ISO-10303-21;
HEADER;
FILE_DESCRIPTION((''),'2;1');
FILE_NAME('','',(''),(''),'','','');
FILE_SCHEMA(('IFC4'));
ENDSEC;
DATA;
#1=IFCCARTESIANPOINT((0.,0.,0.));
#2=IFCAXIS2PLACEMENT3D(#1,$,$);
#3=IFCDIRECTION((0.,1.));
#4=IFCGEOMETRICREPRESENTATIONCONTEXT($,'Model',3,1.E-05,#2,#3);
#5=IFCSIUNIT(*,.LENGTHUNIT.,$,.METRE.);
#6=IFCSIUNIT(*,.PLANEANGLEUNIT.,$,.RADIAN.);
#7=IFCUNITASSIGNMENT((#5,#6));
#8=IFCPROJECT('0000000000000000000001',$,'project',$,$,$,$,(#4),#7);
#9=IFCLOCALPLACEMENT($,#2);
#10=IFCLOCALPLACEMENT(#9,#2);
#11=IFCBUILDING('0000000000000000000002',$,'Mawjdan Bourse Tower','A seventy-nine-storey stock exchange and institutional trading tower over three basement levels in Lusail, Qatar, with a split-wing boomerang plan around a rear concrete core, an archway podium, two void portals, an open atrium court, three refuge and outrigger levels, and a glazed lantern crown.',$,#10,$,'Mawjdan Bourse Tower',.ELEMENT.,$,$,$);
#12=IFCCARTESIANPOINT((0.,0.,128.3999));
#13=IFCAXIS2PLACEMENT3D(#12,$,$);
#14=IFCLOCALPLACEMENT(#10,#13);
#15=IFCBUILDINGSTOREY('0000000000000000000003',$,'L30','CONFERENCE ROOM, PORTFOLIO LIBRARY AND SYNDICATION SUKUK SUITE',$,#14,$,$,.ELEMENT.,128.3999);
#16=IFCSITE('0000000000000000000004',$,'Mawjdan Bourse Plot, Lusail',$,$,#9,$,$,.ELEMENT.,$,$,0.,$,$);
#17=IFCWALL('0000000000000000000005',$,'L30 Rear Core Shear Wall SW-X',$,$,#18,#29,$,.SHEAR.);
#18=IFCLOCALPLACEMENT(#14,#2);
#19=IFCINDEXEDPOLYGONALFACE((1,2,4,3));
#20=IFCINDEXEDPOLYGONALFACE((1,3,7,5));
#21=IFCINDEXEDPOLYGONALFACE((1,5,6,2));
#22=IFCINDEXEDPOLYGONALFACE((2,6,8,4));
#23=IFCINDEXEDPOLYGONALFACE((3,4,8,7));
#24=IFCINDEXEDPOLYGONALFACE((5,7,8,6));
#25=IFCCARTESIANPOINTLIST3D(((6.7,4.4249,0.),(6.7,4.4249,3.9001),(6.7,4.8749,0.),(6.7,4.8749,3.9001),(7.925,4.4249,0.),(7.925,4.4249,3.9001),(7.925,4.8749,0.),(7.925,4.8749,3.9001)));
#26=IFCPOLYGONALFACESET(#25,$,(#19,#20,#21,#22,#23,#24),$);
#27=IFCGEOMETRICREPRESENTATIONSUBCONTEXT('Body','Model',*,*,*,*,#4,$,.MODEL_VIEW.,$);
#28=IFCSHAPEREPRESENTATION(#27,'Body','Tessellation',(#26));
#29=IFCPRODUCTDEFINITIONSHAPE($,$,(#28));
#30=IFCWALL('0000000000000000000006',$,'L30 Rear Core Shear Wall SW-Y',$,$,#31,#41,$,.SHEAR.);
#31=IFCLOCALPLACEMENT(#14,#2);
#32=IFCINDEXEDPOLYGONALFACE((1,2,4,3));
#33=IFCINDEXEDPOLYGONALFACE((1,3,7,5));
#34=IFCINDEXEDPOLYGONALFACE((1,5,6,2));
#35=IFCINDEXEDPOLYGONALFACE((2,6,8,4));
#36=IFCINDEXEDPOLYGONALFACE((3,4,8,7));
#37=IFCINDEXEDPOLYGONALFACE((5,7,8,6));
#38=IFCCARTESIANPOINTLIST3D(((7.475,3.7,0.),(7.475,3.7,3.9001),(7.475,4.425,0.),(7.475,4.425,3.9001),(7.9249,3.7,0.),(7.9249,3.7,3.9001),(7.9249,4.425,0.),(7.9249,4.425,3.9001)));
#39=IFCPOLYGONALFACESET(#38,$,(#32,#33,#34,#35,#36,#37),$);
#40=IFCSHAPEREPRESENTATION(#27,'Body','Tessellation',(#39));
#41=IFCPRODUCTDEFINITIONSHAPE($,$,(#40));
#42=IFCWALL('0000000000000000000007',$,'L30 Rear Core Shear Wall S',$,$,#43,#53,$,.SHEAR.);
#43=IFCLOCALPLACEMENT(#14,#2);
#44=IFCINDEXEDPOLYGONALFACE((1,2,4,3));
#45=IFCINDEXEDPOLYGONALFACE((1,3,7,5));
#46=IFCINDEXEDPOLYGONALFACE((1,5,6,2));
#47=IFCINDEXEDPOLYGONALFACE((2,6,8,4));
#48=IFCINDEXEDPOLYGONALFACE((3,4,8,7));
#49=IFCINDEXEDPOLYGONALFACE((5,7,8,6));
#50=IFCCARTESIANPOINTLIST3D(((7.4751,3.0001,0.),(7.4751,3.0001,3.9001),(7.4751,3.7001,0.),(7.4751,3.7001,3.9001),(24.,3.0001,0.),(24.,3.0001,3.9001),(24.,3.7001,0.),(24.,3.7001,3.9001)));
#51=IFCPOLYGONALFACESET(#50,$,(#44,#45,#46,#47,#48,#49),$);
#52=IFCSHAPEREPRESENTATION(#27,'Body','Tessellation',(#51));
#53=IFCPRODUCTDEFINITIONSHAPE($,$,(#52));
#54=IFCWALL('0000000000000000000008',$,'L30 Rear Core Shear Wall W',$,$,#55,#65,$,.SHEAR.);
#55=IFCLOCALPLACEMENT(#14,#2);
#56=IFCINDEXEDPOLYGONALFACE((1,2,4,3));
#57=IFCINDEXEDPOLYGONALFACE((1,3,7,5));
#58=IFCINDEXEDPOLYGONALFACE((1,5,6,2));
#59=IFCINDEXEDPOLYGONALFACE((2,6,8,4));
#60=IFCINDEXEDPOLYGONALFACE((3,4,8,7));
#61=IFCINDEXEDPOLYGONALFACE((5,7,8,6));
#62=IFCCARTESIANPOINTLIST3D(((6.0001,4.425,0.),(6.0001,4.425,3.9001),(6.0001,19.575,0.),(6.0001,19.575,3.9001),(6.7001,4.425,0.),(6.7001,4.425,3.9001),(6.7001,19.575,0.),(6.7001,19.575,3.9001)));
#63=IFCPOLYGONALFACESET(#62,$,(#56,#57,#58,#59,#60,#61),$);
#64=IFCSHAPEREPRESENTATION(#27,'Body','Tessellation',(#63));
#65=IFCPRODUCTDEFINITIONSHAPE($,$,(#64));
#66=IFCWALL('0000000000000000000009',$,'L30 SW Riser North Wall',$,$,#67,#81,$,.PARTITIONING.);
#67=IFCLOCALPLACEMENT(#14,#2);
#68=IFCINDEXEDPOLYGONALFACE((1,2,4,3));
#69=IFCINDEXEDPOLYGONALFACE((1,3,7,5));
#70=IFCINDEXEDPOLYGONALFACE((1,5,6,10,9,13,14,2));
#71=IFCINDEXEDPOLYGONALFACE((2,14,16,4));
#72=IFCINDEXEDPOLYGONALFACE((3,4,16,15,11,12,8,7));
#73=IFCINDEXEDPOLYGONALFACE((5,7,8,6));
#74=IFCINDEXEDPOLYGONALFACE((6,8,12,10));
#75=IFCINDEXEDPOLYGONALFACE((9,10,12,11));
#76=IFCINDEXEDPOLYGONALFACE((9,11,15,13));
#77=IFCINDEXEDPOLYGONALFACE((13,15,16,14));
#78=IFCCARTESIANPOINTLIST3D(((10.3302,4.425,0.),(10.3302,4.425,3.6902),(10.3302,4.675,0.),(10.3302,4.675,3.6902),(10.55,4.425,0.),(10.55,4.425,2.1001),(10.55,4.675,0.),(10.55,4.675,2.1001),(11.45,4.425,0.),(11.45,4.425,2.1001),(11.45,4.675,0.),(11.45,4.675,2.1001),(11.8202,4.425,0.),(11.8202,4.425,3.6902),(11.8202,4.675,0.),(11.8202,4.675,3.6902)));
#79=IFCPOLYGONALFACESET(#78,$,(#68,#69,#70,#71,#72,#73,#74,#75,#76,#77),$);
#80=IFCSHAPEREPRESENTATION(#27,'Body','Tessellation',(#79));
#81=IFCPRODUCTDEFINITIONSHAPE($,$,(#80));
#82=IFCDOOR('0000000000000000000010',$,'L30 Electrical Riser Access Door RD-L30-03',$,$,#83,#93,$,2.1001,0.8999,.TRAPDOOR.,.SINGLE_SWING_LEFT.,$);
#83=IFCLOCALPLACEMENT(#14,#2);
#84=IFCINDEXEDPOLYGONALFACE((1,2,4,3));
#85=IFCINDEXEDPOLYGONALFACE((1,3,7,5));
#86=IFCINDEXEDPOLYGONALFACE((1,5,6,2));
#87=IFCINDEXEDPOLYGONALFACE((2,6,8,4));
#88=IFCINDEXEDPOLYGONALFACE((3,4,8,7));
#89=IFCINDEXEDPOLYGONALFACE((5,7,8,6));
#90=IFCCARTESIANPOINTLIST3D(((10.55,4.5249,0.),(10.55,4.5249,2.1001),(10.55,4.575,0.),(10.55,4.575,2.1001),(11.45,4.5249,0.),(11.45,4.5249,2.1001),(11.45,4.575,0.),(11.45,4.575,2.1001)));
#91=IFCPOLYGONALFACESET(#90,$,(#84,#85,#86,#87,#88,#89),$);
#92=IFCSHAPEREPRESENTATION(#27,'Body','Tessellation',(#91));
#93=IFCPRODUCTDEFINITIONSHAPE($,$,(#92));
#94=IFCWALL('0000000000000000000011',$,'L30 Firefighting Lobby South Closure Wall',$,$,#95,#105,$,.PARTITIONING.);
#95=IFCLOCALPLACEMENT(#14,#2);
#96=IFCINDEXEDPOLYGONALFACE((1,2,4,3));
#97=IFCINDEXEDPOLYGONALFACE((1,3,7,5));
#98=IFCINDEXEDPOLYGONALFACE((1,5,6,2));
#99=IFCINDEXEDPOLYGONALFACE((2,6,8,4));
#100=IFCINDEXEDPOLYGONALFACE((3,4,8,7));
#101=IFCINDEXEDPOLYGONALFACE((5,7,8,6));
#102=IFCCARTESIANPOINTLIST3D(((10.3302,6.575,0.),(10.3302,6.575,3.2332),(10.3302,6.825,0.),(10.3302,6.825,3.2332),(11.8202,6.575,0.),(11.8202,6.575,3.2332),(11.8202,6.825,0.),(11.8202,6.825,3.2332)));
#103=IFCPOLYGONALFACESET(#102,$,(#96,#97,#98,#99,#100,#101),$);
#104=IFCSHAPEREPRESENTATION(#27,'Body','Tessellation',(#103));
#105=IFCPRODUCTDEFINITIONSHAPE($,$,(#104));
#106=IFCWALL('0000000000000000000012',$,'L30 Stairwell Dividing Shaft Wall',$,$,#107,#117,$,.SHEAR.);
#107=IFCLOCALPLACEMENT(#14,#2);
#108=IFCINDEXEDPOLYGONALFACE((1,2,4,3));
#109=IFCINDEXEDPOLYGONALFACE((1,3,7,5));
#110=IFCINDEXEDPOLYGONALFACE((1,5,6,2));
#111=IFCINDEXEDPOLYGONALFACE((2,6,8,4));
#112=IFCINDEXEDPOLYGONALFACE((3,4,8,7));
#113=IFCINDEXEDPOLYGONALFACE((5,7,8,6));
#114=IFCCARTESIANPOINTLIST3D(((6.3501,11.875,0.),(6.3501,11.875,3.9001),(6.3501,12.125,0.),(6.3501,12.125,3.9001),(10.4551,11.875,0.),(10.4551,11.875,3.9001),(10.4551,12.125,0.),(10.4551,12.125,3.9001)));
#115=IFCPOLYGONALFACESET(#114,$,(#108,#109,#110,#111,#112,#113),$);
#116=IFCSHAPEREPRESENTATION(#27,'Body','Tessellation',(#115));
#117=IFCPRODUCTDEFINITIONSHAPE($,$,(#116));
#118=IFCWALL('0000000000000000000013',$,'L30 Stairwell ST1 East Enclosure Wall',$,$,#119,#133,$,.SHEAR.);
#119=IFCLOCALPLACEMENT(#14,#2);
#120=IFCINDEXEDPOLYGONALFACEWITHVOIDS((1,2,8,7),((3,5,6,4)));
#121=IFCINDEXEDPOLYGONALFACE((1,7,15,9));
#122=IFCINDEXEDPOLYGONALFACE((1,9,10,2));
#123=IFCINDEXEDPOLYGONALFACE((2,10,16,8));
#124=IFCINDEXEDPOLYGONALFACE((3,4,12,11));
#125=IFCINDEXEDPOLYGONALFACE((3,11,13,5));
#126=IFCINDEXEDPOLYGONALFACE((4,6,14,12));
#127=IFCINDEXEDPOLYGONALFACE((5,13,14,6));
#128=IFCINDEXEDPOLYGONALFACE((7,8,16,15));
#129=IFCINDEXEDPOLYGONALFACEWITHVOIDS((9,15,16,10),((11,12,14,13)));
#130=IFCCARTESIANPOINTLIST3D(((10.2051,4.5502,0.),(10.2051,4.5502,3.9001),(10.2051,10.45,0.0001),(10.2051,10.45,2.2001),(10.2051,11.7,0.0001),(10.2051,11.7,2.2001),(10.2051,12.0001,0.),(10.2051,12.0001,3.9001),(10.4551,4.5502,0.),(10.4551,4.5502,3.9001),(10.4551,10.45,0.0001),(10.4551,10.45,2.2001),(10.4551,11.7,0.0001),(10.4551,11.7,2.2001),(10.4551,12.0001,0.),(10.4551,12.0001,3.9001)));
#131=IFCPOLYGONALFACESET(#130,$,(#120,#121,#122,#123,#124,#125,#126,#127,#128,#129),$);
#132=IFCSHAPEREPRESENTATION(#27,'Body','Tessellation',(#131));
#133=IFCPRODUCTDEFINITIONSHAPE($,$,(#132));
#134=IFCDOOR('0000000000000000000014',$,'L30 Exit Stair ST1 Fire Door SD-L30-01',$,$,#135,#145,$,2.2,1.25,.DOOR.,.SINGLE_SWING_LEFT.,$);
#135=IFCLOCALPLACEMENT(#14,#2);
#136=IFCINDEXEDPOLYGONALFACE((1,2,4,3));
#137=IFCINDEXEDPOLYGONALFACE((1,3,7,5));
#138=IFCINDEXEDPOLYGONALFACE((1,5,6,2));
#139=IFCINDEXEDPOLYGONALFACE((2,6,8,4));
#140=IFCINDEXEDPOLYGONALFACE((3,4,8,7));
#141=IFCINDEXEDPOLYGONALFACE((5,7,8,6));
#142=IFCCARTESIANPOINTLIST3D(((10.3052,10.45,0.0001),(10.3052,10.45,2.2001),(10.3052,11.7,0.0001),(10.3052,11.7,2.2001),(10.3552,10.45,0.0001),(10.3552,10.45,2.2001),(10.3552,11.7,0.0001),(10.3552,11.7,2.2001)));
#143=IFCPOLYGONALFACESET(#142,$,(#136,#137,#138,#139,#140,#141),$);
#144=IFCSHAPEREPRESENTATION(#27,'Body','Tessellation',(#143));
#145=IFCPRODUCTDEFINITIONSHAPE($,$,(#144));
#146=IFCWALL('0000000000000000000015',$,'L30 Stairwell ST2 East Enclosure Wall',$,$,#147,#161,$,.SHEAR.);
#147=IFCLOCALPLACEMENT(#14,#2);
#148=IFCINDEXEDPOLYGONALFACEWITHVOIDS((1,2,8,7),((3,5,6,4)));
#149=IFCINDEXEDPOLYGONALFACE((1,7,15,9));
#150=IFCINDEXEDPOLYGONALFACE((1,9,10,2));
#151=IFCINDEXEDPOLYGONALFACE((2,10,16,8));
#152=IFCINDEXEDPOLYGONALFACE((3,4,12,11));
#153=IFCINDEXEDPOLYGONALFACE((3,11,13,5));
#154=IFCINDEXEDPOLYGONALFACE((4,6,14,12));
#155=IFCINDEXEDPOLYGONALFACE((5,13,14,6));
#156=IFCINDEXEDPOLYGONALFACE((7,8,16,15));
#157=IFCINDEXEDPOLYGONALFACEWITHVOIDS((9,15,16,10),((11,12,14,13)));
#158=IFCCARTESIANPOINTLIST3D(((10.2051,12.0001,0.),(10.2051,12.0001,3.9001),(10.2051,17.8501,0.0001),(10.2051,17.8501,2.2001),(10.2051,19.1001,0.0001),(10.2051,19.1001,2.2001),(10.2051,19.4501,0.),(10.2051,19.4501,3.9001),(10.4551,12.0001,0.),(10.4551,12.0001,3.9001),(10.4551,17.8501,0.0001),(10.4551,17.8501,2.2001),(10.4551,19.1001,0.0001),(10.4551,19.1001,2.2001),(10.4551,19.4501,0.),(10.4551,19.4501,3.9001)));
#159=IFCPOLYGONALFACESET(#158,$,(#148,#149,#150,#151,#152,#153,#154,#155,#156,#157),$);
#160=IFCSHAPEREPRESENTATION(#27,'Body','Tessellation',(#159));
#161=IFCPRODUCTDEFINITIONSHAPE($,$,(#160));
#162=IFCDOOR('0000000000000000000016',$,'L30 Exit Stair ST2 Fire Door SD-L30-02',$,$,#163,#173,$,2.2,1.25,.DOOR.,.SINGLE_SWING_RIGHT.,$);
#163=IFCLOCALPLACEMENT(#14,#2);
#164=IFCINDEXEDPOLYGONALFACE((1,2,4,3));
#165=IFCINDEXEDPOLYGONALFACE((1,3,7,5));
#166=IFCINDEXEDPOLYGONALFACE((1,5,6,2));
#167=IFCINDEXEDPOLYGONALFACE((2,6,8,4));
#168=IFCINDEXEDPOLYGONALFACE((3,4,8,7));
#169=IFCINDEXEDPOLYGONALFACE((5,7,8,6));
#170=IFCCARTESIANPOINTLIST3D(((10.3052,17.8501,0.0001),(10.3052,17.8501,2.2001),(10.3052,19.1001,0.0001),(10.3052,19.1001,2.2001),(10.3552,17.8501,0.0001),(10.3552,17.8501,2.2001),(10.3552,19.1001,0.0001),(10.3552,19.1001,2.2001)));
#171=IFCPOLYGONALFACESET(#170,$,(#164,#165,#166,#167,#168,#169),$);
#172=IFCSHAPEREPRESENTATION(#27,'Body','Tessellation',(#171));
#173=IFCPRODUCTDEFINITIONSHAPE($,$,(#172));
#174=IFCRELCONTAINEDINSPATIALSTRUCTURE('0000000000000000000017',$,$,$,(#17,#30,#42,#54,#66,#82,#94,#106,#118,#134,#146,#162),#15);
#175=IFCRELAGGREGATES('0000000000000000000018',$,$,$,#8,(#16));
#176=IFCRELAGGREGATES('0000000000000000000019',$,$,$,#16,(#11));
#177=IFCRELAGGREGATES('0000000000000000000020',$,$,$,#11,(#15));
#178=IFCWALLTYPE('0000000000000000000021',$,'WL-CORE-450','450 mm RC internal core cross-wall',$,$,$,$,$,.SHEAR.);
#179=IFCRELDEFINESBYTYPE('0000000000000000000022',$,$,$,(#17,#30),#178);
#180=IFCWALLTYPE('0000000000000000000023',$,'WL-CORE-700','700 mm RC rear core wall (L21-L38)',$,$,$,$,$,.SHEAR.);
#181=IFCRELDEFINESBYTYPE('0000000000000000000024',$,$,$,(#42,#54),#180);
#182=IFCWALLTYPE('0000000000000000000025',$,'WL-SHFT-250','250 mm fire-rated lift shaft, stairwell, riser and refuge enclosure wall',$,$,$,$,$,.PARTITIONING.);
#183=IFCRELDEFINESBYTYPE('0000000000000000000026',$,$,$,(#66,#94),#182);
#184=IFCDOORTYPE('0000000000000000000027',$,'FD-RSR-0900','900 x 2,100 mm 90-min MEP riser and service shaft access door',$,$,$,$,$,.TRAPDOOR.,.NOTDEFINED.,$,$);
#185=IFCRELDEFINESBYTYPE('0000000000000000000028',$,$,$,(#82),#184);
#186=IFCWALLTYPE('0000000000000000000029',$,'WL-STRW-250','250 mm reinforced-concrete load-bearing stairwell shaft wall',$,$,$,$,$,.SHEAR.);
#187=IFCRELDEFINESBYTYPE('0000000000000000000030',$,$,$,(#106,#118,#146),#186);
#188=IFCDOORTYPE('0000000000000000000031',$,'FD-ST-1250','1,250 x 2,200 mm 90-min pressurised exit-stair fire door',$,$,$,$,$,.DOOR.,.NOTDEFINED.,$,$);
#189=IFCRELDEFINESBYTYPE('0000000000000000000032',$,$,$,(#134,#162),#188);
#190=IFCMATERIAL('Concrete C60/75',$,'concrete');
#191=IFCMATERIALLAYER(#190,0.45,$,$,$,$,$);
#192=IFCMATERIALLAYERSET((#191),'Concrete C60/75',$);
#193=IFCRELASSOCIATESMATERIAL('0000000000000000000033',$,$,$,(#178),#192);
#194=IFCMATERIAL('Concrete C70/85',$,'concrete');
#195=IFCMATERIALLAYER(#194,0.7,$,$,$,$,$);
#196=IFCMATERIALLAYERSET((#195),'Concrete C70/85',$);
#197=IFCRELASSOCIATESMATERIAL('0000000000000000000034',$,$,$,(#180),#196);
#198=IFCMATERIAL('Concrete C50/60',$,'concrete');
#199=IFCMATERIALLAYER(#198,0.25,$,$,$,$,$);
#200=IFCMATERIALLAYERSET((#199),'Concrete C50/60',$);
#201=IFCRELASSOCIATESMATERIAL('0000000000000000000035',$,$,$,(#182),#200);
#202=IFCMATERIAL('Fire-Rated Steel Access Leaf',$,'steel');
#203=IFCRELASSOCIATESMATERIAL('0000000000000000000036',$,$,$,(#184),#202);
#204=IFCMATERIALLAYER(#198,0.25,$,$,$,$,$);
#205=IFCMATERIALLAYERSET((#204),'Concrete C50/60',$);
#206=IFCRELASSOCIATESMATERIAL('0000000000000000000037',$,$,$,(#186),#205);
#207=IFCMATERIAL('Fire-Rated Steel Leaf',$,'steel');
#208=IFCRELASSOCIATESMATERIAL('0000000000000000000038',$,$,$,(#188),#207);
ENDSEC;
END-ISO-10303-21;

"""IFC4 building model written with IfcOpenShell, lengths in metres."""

from ifc_helpers import new_model, si_unit, direction, frame, frame_2d, origin, place, context, subcontext, project, spatial, rectangle, extrude, material, layer, layer_set, type_object, element, fill, save


model = new_model("IFC4")

# Units and contexts
model_context = context("Model", 3, precision=1e-05, world=origin(), true_north=direction((0.0, 1.0)))
body_context = subcontext(model_context, "Body", "Model", "MODEL_VIEW")
ifc_project = project(units=[si_unit("LENGTHUNIT", "METRE"), si_unit("PLANEANGLEUNIT", "RADIAN")], contexts=[model_context])

# Site, building, storey
site_placement = place(None, origin())
site = spatial("IfcSite", under=ifc_project, at=site_placement, Name="Mawjdan Bourse Plot, Lusail", CompositionType="ELEMENT", RefElevation=0.0)
building_placement = place(site_placement, origin())
building = spatial("IfcBuilding", under=site, at=building_placement, Name="Mawjdan Bourse Tower", Description="A seventy-nine-storey stock exchange and institutional trading tower over three basement levels in Lusail, Qatar, with a split-wing boomerang plan around a rear concrete core, an archway podium, two void portals, an open atrium court, three refuge and outrigger levels, and a glazed lantern crown.", LongName="Mawjdan Bourse Tower", CompositionType="ELEMENT")
storey_placement = place(building_placement, frame((0.0, 0.0, 128.3999)))
storey = spatial("IfcBuildingStorey", under=building, at=storey_placement, Name="L30", Description="CONFERENCE ROOM, PORTFOLIO LIBRARY AND SYNDICATION SUKUK SUITE", CompositionType="ELEMENT", Elevation=128.3999)

# Shared definitions
ifc_material_1 = material(Name="Concrete C50/60", Category="concrete")

# Walls
ifc_material_2 = material(Name="Concrete C60/75", Category="concrete")
ifc_layer_1 = layer(ifc_material_2, 0.45)
ifc_layer_set_1 = layer_set([ifc_layer_1], Name="Concrete C60/75")
wall_type_1 = type_object("IfcWallType", Name="WL-CORE-450", Description="450 mm RC internal core cross-wall", PredefinedType="SHEAR", material=ifc_layer_set_1)
wall_1_placement = place(storey_placement, frame((6.7, 4.6499, 0.0), z_axis=(0.0, 0.0, 1.0), x_axis=(1.0, 0.0, 0.0)))
element("IfcWall", 1, at=wall_1_placement, inside=storey, type_object=wall_type_1, Name="L30 Rear Core Shear Wall SW-X", PredefinedType="SHEAR", context=body_context, shape_type="SweptSolid", body=[
    extrude(rectangle(XDim=1.2251, YDim=0.45, at=frame_2d((0.6125, 0.0))), origin(), (0.0, 0.0, 1.0), 3.9001),
])
wall_2_placement = place(storey_placement, frame((7.7, 3.7, 0.0), z_axis=(0.0, 0.0, 1.0), x_axis=(0.0, 1.0, 0.0)))
element("IfcWall", 2, at=wall_2_placement, inside=storey, type_object=wall_type_1, Name="L30 Rear Core Shear Wall SW-Y", PredefinedType="SHEAR", context=body_context, shape_type="SweptSolid", body=[
    extrude(rectangle(XDim=0.7251, YDim=0.45, at=frame_2d((0.3625, 0.0))), origin(), (0.0, 0.0, 1.0), 3.9001),
])
ifc_material_3 = material(Name="Concrete C70/85", Category="concrete")
ifc_layer_2 = layer(ifc_material_3, 0.7)
ifc_layer_set_2 = layer_set([ifc_layer_2], Name="Concrete C70/85")
wall_type_2 = type_object("IfcWallType", Name="WL-CORE-700", Description="700 mm RC rear core wall (L21-L38)", PredefinedType="SHEAR", material=ifc_layer_set_2)
wall_3_placement = place(storey_placement, frame((7.4751, 3.3501, 0.0), z_axis=(0.0, 0.0, 1.0), x_axis=(1.0, 0.0, 0.0)))
element("IfcWall", 3, at=wall_3_placement, inside=storey, type_object=wall_type_2, Name="L30 Rear Core Shear Wall S", PredefinedType="SHEAR", context=body_context, shape_type="SweptSolid", body=[
    extrude(rectangle(XDim=16.5249, YDim=0.7, at=frame_2d((8.2625, 0.0))), origin(), (0.0, 0.0, 1.0), 3.9001),
])
wall_4_placement = place(storey_placement, frame((6.3501, 4.425, 0.0), z_axis=(0.0, 0.0, 1.0), x_axis=(0.0, 1.0, 0.0)))
element("IfcWall", 4, at=wall_4_placement, inside=storey, type_object=wall_type_2, Name="L30 Rear Core Shear Wall W", PredefinedType="SHEAR", context=body_context, shape_type="SweptSolid", body=[
    extrude(rectangle(XDim=15.1499, YDim=0.7, at=frame_2d((7.575, 0.0))), origin(), (0.0, 0.0, 1.0), 3.9001),
])

# Wall, opening, door
ifc_layer_3 = layer(ifc_material_1, 0.25)
ifc_layer_set_3 = layer_set([ifc_layer_3], Name="Concrete C50/60")
wall_type_3 = type_object("IfcWallType", Name="WL-SHFT-250", Description="250 mm fire-rated lift shaft, stairwell, riser and refuge enclosure wall", PredefinedType="PARTITIONING", material=ifc_layer_set_3)
wall_5_placement = place(storey_placement, frame((10.3301, 4.55, 0.0), z_axis=(0.0, 0.0, 1.0), x_axis=(1.0, 0.0, 0.0)))
wall_5 = element("IfcWall", 5, at=wall_5_placement, inside=storey, type_object=wall_type_3, Name="L30 SW Riser North Wall", PredefinedType="PARTITIONING", context=body_context, shape_type="SweptSolid", body=[
    extrude(rectangle(XDim=1.49, YDim=0.25, at=frame_2d((0.7451, 0.0))), origin(), (0.0, 0.0, 1.0), 3.6902),
])
opening_1_placement = place(wall_5_placement, frame((0.22, 0.0, 0.0)))
opening_1 = element("IfcOpeningElement", 6, at=opening_1_placement, cuts=wall_5, PredefinedType="OPENING", context=body_context, shape_type="SweptSolid", body=[
    extrude(rectangle(XDim=0.8999, YDim=2.1001, at=frame_2d((0.45, 1.05))), frame((0.0, 0.135, 0.0), z_axis=(0.0, -1.0, 0.0), x_axis=(1.0, 0.0, 0.0)), (0.0, 0.0, 1.0), 0.27),
])
ifc_material_4 = material(Name="Fire-Rated Steel Access Leaf", Category="steel")
door_type_1 = type_object("IfcDoorType", Name="FD-RSR-0900", Description="900 x 2,100 mm 90-min MEP riser and service shaft access door", OperationType="NOTDEFINED", PredefinedType="TRAPDOOR", material=ifc_material_4)
door_1_placement = place(opening_1_placement, origin())
door_1 = element("IfcDoor", 7, at=door_1_placement, inside=storey, type_object=door_type_1, Name="L30 Electrical Riser Access Door RD-L30-03", OperationType="SINGLE_SWING_LEFT", OverallHeight=2.1001, OverallWidth=0.8999, PredefinedType="TRAPDOOR", context=body_context, shape_type="SweptSolid", body=[
    extrude(rectangle(XDim=0.8999, YDim=2.1001, at=frame_2d((0.45, 1.05))), frame((0.0, 0.0249, 0.0), z_axis=(0.0, -1.0, 0.0), x_axis=(1.0, 0.0, 0.0)), (0.0, 0.0, 1.0), 0.05),
])
fill(opening_1, door_1)

# Walls
wall_6_placement = place(storey_placement, frame((10.3301, 6.7, 0.0), z_axis=(0.0, 0.0, 1.0), x_axis=(1.0, 0.0, 0.0)))
element("IfcWall", 8, at=wall_6_placement, inside=storey, type_object=wall_type_3, Name="L30 Firefighting Lobby South Closure Wall", PredefinedType="PARTITIONING", context=body_context, shape_type="SweptSolid", body=[
    extrude(rectangle(XDim=1.49, YDim=0.25, at=frame_2d((0.7451, 0.0))), origin(), (0.0, 0.0, 1.0), 3.2332),
])
ifc_layer_4 = layer(ifc_material_1, 0.25)
ifc_layer_set_4 = layer_set([ifc_layer_4], Name="Concrete C50/60")
wall_type_4 = type_object("IfcWallType", Name="WL-STRW-250", Description="250 mm reinforced-concrete load-bearing stairwell shaft wall", PredefinedType="SHEAR", material=ifc_layer_set_4)
wall_7_placement = place(storey_placement, frame((6.3501, 12.0, 0.0), z_axis=(0.0, 0.0, 1.0), x_axis=(1.0, 0.0, 0.0)))
element("IfcWall", 9, at=wall_7_placement, inside=storey, type_object=wall_type_4, Name="L30 Stairwell Dividing Shaft Wall", PredefinedType="SHEAR", context=body_context, shape_type="SweptSolid", body=[
    extrude(rectangle(XDim=4.105, YDim=0.25, at=frame_2d((2.0525, 0.0))), origin(), (0.0, 0.0, 1.0), 3.9001),
])

# Walls, openings, doors
wall_8_placement = place(storey_placement, frame((10.3301, 4.55, 0.0), z_axis=(0.0, 0.0, 1.0), x_axis=(0.0, 1.0, 0.0)))
wall_8 = element("IfcWall", 10, at=wall_8_placement, inside=storey, type_object=wall_type_4, Name="L30 Stairwell ST1 East Enclosure Wall", PredefinedType="SHEAR", context=body_context, shape_type="SweptSolid", body=[
    extrude(rectangle(XDim=7.45, YDim=0.25, at=frame_2d((3.7251, 0.0))), origin(), (0.0, 0.0, 1.0), 3.9001),
])
opening_2_placement = place(wall_8_placement, frame((5.8999, 0.0, 0.0)))
opening_2 = element("IfcOpeningElement", 11, at=opening_2_placement, cuts=wall_8, PredefinedType="OPENING", context=body_context, shape_type="SweptSolid", body=[
    extrude(rectangle(XDim=1.25, YDim=2.2, at=frame_2d((0.625, 1.1001))), frame((0.0, 0.135, 0.0), z_axis=(0.0, -1.0, 0.0), x_axis=(1.0, 0.0, 0.0)), (0.0, 0.0, 1.0), 0.27),
])
ifc_material_5 = material(Name="Fire-Rated Steel Leaf", Category="steel")
door_type_2 = type_object("IfcDoorType", Name="FD-ST-1250", Description="1,250 x 2,200 mm 90-min pressurised exit-stair fire door", OperationType="NOTDEFINED", PredefinedType="DOOR", material=ifc_material_5)
door_2_placement = place(opening_2_placement, origin())
door_2 = element("IfcDoor", 12, at=door_2_placement, inside=storey, type_object=door_type_2, Name="L30 Exit Stair ST1 Fire Door SD-L30-01", OperationType="SINGLE_SWING_LEFT", OverallHeight=2.2, OverallWidth=1.25, PredefinedType="DOOR", context=body_context, shape_type="SweptSolid", body=[
    extrude(rectangle(XDim=1.25, YDim=2.2, at=frame_2d((0.625, 1.1001))), frame((0.0, 0.0249, 0.0), z_axis=(0.0, -1.0, 0.0), x_axis=(1.0, 0.0, 0.0)), (0.0, 0.0, 1.0), 0.05),
])
fill(opening_2, door_2)
wall_9_placement = place(storey_placement, frame((10.3301, 12.0, 0.0), z_axis=(0.0, 0.0, 1.0), x_axis=(0.0, 1.0, 0.0)))
wall_9 = element("IfcWall", 13, at=wall_9_placement, inside=storey, type_object=wall_type_4, Name="L30 Stairwell ST2 East Enclosure Wall", PredefinedType="SHEAR", context=body_context, shape_type="SweptSolid", body=[
    extrude(rectangle(XDim=7.45, YDim=0.25, at=frame_2d((3.7251, 0.0))), origin(), (0.0, 0.0, 1.0), 3.9001),
])
opening_3_placement = place(wall_9_placement, frame((5.8501, 0.0, 0.0)))
opening_3 = element("IfcOpeningElement", 14, at=opening_3_placement, cuts=wall_9, PredefinedType="OPENING", context=body_context, shape_type="SweptSolid", body=[
    extrude(rectangle(XDim=1.25, YDim=2.2, at=frame_2d((0.625, 1.1001))), frame((0.0, 0.135, 0.0), z_axis=(0.0, -1.0, 0.0), x_axis=(1.0, 0.0, 0.0)), (0.0, 0.0, 1.0), 0.27),
])
door_3_placement = place(opening_3_placement, origin())
door_3 = element("IfcDoor", 15, at=door_3_placement, inside=storey, type_object=door_type_2, Name="L30 Exit Stair ST2 Fire Door SD-L30-02", OperationType="SINGLE_SWING_RIGHT", OverallHeight=2.2, OverallWidth=1.25, PredefinedType="DOOR", context=body_context, shape_type="SweptSolid", body=[
    extrude(rectangle(XDim=1.25, YDim=2.2, at=frame_2d((0.625, 1.1001))), frame((0.0, 0.0249, 0.0), z_axis=(0.0, -1.0, 0.0), x_axis=(1.0, 0.0, 0.0)), (0.0, 0.0, 1.0), 0.05),
])
fill(opening_3, door_3)

save(model, "model.ifc")
